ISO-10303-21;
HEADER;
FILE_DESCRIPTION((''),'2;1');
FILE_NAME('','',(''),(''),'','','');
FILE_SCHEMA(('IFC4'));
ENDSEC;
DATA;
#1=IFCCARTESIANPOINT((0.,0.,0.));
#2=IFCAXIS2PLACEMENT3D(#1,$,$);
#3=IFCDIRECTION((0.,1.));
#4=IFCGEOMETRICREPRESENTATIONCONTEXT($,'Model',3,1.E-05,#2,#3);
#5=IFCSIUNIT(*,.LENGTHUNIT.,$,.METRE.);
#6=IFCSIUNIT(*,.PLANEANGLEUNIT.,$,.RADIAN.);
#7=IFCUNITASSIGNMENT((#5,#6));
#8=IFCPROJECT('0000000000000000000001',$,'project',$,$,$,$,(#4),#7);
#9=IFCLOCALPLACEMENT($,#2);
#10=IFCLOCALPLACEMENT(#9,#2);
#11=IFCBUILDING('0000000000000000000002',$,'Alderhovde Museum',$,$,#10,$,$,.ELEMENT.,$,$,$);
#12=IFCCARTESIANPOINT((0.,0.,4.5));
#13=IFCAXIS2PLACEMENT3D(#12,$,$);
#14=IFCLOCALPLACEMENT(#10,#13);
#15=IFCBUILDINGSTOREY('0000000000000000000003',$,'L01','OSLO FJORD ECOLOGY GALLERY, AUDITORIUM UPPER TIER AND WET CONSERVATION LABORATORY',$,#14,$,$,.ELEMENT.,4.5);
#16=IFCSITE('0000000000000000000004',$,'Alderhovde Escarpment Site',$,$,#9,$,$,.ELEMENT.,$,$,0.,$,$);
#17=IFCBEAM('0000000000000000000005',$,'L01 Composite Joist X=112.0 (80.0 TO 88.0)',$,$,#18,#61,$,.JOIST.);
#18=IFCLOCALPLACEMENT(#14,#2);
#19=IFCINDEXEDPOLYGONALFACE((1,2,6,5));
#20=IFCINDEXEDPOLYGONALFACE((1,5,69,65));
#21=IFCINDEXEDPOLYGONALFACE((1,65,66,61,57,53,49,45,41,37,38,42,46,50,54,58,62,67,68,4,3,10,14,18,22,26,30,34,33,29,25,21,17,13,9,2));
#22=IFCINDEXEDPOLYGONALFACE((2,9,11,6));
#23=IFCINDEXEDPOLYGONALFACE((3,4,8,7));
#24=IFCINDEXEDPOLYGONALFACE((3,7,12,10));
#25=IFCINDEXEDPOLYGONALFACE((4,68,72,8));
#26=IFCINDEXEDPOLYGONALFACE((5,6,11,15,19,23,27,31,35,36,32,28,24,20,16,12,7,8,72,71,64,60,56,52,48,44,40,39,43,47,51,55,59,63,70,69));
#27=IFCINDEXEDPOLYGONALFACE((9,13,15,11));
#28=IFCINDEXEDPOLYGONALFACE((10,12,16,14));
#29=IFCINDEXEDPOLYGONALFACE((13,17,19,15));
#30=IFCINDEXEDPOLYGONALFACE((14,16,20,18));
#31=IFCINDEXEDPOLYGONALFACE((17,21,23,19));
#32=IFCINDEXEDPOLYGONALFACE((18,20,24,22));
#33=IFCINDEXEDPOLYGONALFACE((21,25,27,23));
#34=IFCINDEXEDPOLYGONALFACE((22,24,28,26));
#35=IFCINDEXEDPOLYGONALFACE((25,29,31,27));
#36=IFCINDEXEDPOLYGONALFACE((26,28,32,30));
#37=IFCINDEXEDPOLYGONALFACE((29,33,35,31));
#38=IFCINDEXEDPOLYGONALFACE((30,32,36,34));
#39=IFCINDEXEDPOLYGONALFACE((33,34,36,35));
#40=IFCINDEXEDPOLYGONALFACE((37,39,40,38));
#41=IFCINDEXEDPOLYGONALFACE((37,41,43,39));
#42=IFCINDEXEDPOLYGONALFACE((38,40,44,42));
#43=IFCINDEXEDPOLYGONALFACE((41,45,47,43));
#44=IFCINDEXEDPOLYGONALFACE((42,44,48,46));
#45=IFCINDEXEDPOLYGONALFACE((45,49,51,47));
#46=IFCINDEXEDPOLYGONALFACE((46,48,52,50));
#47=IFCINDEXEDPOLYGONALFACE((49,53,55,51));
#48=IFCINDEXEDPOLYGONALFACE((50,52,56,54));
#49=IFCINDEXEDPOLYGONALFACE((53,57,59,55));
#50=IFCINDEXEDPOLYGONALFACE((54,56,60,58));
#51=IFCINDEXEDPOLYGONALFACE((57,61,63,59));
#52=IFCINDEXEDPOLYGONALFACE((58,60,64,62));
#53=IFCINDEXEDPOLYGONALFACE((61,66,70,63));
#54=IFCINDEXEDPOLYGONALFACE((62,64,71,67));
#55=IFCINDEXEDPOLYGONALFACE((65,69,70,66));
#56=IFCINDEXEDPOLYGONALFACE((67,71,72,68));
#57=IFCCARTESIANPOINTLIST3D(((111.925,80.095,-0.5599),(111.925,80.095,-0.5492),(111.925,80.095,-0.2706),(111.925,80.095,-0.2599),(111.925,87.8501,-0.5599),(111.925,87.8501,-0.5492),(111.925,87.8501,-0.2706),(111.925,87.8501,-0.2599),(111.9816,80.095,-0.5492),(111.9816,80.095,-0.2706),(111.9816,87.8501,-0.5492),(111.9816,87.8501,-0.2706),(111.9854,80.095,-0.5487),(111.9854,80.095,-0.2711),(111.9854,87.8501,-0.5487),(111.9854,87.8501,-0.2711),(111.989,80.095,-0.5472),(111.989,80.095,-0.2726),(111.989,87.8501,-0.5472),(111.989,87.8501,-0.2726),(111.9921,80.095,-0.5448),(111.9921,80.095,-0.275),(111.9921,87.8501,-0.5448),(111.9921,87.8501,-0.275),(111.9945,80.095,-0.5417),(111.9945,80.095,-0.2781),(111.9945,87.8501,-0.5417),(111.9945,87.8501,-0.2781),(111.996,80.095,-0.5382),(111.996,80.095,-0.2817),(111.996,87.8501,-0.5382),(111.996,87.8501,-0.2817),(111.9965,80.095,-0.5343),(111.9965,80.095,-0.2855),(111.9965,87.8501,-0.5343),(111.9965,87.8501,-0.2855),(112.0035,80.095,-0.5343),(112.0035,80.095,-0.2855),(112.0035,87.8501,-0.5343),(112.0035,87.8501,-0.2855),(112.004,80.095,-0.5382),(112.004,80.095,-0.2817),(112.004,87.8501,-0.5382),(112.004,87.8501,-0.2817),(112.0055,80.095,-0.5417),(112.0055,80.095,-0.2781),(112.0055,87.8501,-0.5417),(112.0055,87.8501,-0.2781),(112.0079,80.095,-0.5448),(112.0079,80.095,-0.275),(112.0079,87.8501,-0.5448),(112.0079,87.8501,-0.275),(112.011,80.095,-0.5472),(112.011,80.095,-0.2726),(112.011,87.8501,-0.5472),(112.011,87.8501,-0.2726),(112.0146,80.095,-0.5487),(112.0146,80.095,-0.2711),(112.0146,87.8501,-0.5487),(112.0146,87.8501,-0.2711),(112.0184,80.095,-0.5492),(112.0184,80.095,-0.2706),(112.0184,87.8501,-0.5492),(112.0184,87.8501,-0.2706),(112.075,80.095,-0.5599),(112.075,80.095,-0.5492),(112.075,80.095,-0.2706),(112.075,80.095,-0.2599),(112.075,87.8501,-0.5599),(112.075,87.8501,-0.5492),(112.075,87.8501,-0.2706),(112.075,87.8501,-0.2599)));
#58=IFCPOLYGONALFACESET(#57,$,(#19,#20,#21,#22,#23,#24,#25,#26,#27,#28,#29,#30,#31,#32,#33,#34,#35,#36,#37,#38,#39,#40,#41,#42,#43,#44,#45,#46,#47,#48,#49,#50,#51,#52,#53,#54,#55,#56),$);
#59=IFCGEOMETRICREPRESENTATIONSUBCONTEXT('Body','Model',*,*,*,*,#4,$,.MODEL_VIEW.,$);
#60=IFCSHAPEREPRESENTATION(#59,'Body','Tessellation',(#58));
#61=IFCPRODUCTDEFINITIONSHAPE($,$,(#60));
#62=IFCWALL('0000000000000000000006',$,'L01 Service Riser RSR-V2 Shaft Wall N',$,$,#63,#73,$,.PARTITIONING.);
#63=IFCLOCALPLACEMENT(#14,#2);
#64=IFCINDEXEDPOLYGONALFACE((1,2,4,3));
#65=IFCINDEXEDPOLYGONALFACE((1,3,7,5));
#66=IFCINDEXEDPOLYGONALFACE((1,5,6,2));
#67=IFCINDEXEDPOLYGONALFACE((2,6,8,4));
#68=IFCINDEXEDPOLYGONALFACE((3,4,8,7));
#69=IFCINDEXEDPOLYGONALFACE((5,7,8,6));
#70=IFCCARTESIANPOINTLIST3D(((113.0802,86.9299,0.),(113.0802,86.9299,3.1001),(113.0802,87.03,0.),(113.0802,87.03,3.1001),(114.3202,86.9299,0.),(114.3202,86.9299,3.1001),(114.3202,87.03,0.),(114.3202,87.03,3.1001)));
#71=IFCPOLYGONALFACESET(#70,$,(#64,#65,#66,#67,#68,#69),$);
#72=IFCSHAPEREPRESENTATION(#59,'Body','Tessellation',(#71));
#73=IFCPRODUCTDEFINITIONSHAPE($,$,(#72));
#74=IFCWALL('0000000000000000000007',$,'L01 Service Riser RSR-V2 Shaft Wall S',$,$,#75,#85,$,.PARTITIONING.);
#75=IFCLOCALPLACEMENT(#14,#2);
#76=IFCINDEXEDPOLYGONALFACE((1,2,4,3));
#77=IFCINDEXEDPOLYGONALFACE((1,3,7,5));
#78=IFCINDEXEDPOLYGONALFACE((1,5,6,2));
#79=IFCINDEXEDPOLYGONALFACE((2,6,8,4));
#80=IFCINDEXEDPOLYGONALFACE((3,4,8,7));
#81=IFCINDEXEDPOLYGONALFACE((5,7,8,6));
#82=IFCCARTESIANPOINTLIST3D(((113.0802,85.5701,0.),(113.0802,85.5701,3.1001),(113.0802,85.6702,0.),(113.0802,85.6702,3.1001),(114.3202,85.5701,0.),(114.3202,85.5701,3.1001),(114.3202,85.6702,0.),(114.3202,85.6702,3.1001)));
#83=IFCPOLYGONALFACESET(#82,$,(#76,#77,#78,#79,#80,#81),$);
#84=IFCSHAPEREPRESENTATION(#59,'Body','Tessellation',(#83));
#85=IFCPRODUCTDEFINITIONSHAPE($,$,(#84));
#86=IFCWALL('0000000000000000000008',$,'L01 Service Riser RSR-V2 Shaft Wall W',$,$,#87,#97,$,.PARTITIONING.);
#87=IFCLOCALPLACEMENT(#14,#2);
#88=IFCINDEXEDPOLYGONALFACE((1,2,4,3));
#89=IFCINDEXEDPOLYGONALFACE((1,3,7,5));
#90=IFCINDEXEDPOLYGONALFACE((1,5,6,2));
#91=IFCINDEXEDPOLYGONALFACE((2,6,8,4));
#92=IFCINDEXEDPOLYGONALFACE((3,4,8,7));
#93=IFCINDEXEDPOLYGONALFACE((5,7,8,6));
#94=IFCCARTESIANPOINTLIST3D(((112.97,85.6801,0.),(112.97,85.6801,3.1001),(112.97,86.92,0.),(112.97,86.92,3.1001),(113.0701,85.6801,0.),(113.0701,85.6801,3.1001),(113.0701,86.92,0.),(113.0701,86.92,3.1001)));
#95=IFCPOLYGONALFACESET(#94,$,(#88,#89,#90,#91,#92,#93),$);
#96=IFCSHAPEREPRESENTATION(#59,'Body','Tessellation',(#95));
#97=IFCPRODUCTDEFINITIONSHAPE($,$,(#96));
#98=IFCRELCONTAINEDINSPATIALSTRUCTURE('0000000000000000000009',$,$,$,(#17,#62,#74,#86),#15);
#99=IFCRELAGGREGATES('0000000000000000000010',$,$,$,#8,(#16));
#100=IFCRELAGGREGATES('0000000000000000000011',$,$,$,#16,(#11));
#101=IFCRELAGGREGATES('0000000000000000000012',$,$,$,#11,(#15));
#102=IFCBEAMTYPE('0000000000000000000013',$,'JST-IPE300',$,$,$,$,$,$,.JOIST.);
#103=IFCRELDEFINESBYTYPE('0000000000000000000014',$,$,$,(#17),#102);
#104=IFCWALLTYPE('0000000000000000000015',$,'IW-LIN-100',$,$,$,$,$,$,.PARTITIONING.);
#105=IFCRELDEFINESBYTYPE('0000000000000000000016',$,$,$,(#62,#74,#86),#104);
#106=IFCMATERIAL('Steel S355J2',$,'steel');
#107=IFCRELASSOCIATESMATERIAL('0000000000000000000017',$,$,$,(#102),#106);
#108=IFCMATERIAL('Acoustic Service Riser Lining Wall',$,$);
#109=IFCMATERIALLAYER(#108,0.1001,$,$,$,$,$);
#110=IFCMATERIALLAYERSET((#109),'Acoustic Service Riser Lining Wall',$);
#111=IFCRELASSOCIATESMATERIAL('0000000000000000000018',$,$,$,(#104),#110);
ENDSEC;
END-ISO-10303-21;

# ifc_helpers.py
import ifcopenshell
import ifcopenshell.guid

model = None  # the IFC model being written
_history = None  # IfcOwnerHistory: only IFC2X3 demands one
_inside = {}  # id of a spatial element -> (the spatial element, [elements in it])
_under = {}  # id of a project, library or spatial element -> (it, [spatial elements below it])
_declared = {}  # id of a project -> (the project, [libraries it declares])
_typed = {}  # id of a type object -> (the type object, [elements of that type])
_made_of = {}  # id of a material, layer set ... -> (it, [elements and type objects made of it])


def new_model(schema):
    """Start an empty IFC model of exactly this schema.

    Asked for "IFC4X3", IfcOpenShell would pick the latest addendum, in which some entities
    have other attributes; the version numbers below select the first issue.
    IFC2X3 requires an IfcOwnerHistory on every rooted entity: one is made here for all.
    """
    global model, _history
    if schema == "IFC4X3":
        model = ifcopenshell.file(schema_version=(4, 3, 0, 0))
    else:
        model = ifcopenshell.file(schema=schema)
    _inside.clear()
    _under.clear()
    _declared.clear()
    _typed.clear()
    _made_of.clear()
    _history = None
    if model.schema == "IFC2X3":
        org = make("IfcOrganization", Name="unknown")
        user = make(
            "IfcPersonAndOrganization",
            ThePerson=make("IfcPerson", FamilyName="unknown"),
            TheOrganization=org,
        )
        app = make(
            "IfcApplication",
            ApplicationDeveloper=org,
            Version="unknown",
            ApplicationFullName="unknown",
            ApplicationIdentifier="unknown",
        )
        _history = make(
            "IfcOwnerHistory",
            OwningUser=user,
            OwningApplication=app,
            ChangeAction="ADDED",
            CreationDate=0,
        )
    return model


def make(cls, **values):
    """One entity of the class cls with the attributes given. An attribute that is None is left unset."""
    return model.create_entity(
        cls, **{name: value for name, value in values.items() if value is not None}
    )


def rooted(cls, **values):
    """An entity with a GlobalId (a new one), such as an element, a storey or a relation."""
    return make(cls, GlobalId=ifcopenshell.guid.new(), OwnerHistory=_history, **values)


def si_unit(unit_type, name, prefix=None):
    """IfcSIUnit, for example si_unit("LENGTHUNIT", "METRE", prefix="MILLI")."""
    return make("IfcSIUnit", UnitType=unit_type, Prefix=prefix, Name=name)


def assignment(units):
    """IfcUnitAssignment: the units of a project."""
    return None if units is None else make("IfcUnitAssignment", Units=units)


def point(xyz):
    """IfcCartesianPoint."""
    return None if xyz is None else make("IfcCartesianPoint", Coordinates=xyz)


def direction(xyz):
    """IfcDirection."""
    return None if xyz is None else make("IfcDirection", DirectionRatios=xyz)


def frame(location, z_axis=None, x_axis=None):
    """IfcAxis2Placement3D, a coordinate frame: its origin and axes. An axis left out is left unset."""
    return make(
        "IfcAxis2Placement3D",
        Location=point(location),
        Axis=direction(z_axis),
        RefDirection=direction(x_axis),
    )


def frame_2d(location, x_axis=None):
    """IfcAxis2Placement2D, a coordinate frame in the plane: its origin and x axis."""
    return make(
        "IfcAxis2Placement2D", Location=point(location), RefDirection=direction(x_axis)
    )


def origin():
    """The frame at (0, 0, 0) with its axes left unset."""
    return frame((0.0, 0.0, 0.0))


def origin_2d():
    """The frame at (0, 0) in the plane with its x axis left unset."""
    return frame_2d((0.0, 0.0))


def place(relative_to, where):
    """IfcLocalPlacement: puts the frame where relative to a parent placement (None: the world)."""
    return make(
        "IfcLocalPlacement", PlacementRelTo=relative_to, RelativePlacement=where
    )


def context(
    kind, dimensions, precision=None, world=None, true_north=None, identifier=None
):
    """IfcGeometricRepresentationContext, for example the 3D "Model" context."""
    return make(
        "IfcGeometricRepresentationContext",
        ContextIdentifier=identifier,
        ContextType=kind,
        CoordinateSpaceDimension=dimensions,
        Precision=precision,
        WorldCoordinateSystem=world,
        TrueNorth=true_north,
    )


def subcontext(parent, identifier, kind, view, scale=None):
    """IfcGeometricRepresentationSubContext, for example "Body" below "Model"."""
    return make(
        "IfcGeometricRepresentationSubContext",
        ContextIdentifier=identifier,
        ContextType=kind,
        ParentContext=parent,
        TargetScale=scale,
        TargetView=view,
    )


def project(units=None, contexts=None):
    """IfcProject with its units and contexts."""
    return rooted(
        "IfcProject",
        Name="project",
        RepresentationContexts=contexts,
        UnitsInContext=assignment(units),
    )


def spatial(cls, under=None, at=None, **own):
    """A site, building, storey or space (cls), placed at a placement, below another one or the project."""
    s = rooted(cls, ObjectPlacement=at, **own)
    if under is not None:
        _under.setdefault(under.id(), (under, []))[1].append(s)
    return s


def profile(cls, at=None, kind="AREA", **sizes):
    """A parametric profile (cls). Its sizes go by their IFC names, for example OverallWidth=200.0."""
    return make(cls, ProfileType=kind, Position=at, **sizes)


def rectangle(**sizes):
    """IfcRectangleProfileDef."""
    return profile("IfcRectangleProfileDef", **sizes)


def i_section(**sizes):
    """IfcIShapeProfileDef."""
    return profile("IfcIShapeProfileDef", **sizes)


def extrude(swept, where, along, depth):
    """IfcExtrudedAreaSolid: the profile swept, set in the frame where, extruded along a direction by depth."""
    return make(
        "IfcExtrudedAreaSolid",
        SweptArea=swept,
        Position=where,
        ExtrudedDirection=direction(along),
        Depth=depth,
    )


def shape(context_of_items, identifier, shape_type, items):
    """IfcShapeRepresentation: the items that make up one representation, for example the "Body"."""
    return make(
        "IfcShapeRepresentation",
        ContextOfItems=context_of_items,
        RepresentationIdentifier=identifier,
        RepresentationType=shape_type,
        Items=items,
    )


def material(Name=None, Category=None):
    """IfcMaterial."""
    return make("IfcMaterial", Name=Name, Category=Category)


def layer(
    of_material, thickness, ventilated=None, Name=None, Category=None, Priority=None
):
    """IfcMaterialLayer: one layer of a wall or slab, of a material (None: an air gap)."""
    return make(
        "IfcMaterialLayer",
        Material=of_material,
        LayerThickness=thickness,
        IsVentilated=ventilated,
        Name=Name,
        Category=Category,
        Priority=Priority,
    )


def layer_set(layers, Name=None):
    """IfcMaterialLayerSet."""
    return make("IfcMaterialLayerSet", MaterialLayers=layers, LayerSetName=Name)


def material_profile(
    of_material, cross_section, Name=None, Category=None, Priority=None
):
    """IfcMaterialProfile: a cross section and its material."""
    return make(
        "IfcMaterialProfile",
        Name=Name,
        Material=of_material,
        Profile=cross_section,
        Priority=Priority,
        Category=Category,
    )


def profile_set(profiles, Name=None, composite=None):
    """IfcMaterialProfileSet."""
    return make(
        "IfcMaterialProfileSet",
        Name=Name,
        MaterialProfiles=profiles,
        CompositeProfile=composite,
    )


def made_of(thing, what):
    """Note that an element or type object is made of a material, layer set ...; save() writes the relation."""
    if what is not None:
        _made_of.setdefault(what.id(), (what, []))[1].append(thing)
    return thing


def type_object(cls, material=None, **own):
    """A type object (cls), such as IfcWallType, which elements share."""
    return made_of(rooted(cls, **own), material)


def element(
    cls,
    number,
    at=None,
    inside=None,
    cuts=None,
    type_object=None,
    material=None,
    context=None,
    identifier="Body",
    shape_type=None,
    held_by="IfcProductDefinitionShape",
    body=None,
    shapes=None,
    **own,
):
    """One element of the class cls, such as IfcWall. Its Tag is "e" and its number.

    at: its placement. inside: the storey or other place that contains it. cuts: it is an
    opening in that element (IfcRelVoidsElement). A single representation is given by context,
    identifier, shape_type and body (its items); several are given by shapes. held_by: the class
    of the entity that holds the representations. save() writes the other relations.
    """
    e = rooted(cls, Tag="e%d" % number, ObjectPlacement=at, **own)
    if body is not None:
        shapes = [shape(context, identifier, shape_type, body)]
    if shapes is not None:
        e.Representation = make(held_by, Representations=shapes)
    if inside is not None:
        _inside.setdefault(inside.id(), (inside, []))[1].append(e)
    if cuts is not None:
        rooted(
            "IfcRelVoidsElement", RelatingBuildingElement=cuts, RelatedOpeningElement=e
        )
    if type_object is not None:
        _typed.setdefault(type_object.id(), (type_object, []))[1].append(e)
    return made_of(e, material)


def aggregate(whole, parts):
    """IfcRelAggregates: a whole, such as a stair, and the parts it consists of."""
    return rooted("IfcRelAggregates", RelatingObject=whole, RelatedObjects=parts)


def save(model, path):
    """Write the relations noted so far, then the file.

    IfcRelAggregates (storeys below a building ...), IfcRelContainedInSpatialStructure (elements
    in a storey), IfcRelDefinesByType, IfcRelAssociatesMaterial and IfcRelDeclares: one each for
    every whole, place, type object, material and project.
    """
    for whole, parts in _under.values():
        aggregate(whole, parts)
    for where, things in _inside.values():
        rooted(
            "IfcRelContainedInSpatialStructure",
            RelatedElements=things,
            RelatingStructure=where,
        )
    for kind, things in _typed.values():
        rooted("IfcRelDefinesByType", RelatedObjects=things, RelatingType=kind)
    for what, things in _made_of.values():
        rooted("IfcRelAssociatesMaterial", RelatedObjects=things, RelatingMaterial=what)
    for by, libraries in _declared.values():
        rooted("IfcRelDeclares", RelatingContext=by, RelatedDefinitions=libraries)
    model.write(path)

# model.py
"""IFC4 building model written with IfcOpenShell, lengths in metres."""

from ifc_helpers import new_model, si_unit, direction, frame, frame_2d, origin, origin_2d, place, context, subcontext, project, spatial, rectangle, i_section, extrude, material, layer, layer_set, material_profile, profile_set, type_object, element, save


model = new_model("IFC4")

# Units and contexts
model_context = context("Model", 3, precision=1e-05, world=origin(), true_north=direction((0.0, 1.0)))
body_context = subcontext(model_context, "Body", "Model", "MODEL_VIEW")
ifc_project = project(units=[si_unit("LENGTHUNIT", "METRE"), si_unit("PLANEANGLEUNIT", "RADIAN")], contexts=[model_context])

# Site, building, storey
site_placement = place(None, origin())
site = spatial("IfcSite", under=ifc_project, at=site_placement, Name="Alderhovde Escarpment Site", CompositionType="ELEMENT", RefElevation=0.0)
building_placement = place(site_placement, origin())
building = spatial("IfcBuilding", under=site, at=building_placement, Name="Alderhovde Museum", CompositionType="ELEMENT")
storey_placement = place(building_placement, frame((0.0, 0.0, 4.5)))
storey = spatial("IfcBuildingStorey", under=building, at=storey_placement, Name="L01", Description="OSLO FJORD ECOLOGY GALLERY, AUDITORIUM UPPER TIER AND WET CONSERVATION LABORATORY", CompositionType="ELEMENT", Elevation=4.5)

# Beam
ifc_material_1 = material(Name="Steel S355J2", Category="steel")
ifc_material_profile_1 = material_profile(ifc_material_1, i_section(OverallWidth=0.1499, OverallDepth=0.3, WebThickness=0.0071, FlangeThickness=0.0107, FilletRadius=0.0149, at=origin_2d()), Name="IPE 300")
ifc_profile_set_1 = profile_set([ifc_material_profile_1], Name="Steel S355J2")
beam_type_1 = type_object("IfcBeamType", Name="JST-IPE300", PredefinedType="JOIST", material=ifc_profile_set_1)
for number, where, z_axis, x_axis, name in (
    (1, (112.0, 80.095, -0.4099), (0.0, 1.0, 0.0), (-1.0, 0.0, 0.0), "L01 Composite Joist X=112.0 (80.0 TO 88.0)"),
):
    element("IfcBeam", number, at=place(storey_placement, frame(where, z_axis=z_axis, x_axis=x_axis)), inside=storey, type_object=beam_type_1, Name=name, PredefinedType="JOIST", context=body_context, shape_type="SweptSolid", body=[
        extrude(i_section(OverallWidth=0.1499, OverallDepth=0.3, WebThickness=0.0071, FlangeThickness=0.0107, FilletRadius=0.0149, at=origin_2d()), origin(), (0.0, 0.0, 1.0), 7.7551),
    ])

# Walls
ifc_material_2 = material(Name="Acoustic Service Riser Lining Wall")
ifc_layer_1 = layer(ifc_material_2, 0.1001)
ifc_layer_set_1 = layer_set([ifc_layer_1], Name="Acoustic Service Riser Lining Wall")
wall_type = type_object("IfcWallType", Name="IW-LIN-100", PredefinedType="PARTITIONING", material=ifc_layer_set_1)
for number, where, z_axis, x_axis, name in (
    (2, (113.0801, 86.98, 0.0), (0.0, 0.0, 1.0), (1.0, 0.0, 0.0), "L01 Service Riser RSR-V2 Shaft Wall N"),
    (3, (113.0801, 85.6201, 0.0), (0.0, 0.0, 1.0), (1.0, 0.0, 0.0), "L01 Service Riser RSR-V2 Shaft Wall S"),
    (4, (113.02, 85.6799, 0.0), (0.0, 0.0, 1.0), (0.0, 1.0, 0.0), "L01 Service Riser RSR-V2 Shaft Wall W"),
):
    element("IfcWall", number, at=place(storey_placement, frame(where, z_axis=z_axis, x_axis=x_axis)), inside=storey, type_object=wall_type, Name=name, PredefinedType="PARTITIONING", context=body_context, shape_type="SweptSolid", body=[
        extrude(rectangle(XDim=1.24, YDim=0.1001, at=frame_2d((0.6201, 0.0))), origin(), (0.0, 0.0, 1.0), 3.1001),
    ])

save(model, "model.ifc")
